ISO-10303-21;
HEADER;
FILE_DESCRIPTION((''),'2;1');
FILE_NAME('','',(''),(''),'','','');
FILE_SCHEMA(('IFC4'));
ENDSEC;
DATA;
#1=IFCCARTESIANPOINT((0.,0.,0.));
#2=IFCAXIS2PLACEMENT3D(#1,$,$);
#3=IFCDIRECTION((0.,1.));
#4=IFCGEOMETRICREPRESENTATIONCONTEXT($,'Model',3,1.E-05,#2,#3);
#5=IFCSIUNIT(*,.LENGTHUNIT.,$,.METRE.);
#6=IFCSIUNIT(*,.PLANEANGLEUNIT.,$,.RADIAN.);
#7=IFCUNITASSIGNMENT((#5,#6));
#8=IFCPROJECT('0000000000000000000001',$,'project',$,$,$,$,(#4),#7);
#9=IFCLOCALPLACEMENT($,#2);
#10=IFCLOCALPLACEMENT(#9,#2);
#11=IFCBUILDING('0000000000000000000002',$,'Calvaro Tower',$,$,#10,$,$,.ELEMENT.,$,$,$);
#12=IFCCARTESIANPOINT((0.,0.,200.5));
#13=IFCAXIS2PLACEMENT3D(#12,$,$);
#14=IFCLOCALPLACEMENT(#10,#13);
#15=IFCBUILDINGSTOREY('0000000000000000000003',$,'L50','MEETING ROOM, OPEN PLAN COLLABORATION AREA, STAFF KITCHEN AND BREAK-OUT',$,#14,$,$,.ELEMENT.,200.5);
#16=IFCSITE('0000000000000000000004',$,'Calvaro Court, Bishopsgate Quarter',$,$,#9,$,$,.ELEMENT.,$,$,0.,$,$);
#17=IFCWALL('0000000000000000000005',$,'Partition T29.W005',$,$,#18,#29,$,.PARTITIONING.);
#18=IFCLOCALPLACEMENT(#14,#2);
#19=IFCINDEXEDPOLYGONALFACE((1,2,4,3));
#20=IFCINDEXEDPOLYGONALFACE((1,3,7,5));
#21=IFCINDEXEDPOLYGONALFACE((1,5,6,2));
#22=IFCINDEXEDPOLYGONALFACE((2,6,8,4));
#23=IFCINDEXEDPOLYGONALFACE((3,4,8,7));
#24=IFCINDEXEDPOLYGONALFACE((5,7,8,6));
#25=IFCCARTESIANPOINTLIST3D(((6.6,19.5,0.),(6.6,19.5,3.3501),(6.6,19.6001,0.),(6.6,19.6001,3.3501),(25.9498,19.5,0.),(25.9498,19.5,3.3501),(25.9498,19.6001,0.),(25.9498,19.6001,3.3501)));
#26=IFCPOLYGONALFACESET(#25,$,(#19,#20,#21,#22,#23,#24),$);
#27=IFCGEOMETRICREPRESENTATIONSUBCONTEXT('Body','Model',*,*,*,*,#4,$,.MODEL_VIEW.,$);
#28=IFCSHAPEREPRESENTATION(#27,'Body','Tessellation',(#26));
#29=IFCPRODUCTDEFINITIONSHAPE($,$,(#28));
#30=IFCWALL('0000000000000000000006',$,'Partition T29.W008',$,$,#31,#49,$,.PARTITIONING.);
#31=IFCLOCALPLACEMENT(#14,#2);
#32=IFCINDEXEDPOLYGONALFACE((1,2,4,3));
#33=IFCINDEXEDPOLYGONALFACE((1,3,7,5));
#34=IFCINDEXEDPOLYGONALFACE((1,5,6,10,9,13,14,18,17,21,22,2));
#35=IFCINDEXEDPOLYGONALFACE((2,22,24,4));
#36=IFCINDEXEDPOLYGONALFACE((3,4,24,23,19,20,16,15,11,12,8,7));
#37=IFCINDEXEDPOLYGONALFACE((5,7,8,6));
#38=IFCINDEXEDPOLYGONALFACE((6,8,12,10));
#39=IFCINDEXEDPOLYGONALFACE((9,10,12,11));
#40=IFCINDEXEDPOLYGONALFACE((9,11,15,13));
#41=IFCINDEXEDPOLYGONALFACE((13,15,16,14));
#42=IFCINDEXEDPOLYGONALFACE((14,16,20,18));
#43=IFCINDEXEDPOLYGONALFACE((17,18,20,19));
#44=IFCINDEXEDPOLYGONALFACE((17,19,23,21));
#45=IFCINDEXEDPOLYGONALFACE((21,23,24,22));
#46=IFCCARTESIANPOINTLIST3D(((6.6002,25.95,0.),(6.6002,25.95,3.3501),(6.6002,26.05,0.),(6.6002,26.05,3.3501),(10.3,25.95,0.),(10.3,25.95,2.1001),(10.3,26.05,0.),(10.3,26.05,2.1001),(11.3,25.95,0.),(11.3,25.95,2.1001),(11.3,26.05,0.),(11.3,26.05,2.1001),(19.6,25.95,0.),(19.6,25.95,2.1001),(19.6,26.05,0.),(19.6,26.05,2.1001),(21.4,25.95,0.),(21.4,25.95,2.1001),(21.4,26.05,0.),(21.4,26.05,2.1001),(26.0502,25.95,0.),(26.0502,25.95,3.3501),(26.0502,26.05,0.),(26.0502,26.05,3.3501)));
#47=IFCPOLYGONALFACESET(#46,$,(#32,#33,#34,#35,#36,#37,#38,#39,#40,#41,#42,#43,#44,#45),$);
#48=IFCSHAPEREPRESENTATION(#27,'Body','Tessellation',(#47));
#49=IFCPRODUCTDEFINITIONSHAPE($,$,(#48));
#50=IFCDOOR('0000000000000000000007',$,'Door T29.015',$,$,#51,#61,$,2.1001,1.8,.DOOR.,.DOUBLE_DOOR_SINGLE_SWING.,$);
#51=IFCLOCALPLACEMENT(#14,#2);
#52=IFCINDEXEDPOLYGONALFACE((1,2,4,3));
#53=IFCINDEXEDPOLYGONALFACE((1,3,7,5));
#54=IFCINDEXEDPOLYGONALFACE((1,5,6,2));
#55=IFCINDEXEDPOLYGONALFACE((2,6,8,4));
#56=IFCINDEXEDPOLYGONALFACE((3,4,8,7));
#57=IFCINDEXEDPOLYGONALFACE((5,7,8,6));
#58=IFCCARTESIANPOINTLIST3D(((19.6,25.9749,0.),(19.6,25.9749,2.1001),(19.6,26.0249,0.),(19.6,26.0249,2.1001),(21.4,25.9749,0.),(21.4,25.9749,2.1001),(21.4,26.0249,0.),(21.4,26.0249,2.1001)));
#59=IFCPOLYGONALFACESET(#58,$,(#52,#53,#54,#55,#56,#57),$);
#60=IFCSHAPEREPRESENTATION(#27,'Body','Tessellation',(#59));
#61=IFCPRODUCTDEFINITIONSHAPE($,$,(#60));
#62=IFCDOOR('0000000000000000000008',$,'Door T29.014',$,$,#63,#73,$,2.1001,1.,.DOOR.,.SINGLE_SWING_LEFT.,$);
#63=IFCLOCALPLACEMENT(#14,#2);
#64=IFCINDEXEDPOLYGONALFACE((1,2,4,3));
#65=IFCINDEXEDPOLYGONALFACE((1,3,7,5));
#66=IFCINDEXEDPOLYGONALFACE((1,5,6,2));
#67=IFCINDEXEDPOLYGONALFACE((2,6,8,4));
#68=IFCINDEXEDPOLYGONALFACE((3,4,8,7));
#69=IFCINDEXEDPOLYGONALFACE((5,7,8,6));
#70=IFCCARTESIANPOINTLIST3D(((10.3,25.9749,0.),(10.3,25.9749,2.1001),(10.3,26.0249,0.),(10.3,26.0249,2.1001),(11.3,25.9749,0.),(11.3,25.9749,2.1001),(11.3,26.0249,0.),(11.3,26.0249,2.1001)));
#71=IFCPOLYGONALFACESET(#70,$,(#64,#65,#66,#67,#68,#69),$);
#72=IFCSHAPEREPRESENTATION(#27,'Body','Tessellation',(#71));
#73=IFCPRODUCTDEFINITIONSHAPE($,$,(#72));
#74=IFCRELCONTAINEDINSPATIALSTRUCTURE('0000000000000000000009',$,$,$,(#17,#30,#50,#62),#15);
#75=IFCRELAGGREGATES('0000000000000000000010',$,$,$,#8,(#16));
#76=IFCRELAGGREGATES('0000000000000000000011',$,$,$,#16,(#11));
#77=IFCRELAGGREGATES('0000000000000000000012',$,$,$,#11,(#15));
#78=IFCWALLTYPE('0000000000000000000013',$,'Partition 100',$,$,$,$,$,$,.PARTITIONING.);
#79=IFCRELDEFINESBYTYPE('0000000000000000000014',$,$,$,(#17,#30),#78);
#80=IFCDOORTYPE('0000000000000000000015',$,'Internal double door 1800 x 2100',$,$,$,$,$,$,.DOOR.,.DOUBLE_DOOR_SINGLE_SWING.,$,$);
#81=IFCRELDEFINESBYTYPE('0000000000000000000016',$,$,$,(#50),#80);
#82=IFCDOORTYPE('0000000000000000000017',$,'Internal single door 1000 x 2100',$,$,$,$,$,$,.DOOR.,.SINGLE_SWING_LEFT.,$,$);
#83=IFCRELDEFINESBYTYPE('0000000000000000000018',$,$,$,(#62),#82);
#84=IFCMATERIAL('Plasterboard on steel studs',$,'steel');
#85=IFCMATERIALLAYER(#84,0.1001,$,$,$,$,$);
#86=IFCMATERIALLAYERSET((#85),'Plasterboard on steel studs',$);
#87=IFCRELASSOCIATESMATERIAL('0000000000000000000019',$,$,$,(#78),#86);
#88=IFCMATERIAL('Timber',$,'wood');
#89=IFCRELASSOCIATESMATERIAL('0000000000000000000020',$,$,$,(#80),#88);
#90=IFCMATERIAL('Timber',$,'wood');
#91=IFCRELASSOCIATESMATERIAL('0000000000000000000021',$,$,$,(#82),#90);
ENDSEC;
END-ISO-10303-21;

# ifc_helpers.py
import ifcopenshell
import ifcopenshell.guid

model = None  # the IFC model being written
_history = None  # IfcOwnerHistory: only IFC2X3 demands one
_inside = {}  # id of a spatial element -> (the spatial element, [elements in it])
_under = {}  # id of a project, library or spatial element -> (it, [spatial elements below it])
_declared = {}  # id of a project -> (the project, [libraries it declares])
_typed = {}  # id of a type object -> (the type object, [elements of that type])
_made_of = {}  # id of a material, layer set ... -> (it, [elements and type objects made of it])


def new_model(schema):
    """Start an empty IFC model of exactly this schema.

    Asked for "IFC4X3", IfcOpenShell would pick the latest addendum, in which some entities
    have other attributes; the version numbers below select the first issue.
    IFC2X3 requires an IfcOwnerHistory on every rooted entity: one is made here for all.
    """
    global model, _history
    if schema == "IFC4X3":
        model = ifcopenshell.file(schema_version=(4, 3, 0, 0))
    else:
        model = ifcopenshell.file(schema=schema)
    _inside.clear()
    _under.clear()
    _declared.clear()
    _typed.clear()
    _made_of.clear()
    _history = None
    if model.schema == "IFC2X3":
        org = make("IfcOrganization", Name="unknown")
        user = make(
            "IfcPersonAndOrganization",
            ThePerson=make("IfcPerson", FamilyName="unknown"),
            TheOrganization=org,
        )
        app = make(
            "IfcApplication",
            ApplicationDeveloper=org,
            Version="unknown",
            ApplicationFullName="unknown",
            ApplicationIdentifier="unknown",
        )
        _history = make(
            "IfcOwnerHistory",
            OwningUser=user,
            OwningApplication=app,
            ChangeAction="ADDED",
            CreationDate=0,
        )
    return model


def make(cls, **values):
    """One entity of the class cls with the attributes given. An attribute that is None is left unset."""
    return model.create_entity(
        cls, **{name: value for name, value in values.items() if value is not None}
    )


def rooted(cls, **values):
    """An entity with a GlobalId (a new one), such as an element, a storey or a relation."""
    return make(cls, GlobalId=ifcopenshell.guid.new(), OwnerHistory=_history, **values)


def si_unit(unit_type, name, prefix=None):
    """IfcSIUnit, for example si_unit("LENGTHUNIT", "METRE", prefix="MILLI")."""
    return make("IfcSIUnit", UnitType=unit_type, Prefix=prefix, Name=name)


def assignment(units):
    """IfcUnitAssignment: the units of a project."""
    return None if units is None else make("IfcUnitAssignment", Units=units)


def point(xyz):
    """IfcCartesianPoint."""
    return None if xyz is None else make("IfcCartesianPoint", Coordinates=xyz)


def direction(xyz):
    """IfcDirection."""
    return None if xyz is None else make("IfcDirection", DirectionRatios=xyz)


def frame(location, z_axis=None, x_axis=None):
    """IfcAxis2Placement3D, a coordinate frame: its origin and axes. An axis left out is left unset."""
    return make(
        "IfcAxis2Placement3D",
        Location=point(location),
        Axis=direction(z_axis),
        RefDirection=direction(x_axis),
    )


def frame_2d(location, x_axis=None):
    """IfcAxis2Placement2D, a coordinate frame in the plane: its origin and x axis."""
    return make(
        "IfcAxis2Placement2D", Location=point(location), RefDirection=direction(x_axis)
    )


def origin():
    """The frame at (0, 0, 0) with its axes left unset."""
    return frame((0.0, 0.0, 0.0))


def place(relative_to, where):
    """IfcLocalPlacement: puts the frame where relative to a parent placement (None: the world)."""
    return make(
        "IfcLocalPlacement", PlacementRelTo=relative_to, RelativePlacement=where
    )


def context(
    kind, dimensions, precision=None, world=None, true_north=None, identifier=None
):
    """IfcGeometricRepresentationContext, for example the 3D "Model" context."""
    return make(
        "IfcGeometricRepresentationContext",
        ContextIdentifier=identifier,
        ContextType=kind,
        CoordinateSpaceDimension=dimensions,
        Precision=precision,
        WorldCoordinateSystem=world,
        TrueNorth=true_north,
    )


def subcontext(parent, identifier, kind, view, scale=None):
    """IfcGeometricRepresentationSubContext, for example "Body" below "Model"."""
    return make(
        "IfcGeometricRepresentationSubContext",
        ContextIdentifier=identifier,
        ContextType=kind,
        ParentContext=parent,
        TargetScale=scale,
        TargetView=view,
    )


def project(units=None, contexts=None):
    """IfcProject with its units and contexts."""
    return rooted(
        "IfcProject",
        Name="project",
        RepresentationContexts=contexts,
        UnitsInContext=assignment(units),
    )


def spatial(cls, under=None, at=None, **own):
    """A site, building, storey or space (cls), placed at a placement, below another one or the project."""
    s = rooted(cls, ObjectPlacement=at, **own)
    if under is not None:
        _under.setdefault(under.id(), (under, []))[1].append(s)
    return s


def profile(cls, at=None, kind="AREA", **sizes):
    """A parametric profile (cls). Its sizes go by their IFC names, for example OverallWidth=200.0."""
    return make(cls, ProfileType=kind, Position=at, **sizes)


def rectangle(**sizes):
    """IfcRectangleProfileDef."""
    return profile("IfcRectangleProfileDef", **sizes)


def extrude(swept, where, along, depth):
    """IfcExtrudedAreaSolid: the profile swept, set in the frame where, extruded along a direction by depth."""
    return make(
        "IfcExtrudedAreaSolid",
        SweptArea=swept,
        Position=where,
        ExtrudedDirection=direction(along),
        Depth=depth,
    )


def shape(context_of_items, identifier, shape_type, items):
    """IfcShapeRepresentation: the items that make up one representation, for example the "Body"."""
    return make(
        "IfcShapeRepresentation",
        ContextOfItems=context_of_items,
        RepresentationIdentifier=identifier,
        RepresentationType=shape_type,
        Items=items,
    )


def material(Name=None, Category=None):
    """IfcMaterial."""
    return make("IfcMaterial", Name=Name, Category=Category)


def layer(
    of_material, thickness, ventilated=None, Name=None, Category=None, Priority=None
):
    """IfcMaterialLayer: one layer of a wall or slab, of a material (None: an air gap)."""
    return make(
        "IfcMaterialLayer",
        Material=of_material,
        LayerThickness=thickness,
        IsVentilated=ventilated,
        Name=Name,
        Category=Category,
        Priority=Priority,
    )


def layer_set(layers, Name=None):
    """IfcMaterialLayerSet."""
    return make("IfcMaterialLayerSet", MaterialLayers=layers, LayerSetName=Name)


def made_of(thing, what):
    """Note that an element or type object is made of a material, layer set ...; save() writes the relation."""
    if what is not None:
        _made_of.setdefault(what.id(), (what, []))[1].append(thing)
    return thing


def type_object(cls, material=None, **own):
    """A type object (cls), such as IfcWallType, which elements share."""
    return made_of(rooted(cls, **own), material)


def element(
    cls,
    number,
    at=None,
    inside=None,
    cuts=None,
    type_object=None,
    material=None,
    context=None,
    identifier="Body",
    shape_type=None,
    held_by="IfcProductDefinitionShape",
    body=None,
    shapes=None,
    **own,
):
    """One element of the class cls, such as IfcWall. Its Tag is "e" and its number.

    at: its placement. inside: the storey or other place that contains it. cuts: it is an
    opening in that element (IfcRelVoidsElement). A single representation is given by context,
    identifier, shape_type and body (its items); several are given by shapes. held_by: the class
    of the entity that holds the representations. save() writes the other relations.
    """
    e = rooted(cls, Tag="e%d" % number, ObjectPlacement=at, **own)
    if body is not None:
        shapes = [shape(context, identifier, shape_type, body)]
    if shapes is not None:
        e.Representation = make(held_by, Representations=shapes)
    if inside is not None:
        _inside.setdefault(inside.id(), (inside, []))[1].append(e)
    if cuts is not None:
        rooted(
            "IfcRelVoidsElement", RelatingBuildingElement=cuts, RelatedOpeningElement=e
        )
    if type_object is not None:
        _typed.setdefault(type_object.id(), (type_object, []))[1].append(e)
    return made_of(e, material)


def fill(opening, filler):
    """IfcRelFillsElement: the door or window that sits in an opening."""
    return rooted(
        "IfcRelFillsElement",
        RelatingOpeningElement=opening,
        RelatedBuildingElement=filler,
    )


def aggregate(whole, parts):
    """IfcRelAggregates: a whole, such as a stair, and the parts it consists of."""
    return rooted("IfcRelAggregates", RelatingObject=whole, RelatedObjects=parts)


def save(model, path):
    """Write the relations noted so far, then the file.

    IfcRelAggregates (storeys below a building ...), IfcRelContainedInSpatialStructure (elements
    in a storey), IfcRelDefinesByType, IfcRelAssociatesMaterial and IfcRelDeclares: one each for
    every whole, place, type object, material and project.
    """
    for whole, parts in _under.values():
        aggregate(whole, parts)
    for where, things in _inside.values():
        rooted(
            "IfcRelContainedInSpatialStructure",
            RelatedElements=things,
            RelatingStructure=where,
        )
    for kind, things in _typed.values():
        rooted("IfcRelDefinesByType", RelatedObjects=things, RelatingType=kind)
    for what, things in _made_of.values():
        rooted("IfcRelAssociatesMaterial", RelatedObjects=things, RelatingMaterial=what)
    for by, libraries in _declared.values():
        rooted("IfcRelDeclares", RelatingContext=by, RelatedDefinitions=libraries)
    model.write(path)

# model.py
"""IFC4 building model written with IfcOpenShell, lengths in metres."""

from ifc_helpers import new_model, si_unit, direction, frame, frame_2d, origin, place, context, subcontext, project, spatial, rectangle, extrude, material, layer, layer_set, type_object, element, fill, save


model = new_model("IFC4")

# Units and contexts
model_context = context("Model", 3, precision=1e-05, world=origin(), true_north=direction((0.0, 1.0)))
body_context = subcontext(model_context, "Body", "Model", "MODEL_VIEW")
ifc_project = project(units=[si_unit("LENGTHUNIT", "METRE"), si_unit("PLANEANGLEUNIT", "RADIAN")], contexts=[model_context])

# Site, building, storey
site_placement = place(None, origin())
site = spatial("IfcSite", under=ifc_project, at=site_placement, Name="Calvaro Court, Bishopsgate Quarter", CompositionType="ELEMENT", RefElevation=0.0)
building_placement = place(site_placement, origin())
building = spatial("IfcBuilding", under=site, at=building_placement, Name="Calvaro Tower", CompositionType="ELEMENT")
storey_placement = place(building_placement, frame((0.0, 0.0, 200.5)))
storey = spatial("IfcBuildingStorey", under=building, at=storey_placement, Name="L50", Description="MEETING ROOM, OPEN PLAN COLLABORATION AREA, STAFF KITCHEN AND BREAK-OUT", CompositionType="ELEMENT", Elevation=200.5)

# Wall
ifc_material_1 = material(Name="Plasterboard on steel studs", Category="steel")
ifc_layer_1 = layer(ifc_material_1, 0.1001)
ifc_layer_set_1 = layer_set([ifc_layer_1], Name="Plasterboard on steel studs")
wall_type_1 = type_object("IfcWallType", Name="Partition 100", PredefinedType="PARTITIONING", material=ifc_layer_set_1)
wall_1_placement = place(storey_placement, frame((6.6001, 19.55, 0.0), z_axis=(0.0, 0.0, 1.0), x_axis=(1.0, 0.0, 0.0)))
element("IfcWall", 1, at=wall_1_placement, inside=storey, type_object=wall_type_1, Name="Partition T29.W005", PredefinedType="PARTITIONING", context=body_context, shape_type="SweptSolid", body=[
    extrude(rectangle(XDim=19.3499, YDim=0.1001, at=frame_2d((9.6748, 0.0))), origin(), (0.0, 0.0, 1.0), 3.3501),
])

# Wall, openings, doors
wall_2_placement = place(storey_placement, frame((6.6001, 26.0, 0.0), z_axis=(0.0, 0.0, 1.0), x_axis=(1.0, 0.0, 0.0)))
wall_2 = element("IfcWall", 2, at=wall_2_placement, inside=storey, type_object=wall_type_1, Name="Partition T29.W008", PredefinedType="PARTITIONING", context=body_context, shape_type="SweptSolid", body=[
    extrude(rectangle(XDim=19.45, YDim=0.1001, at=frame_2d((9.7251, 0.0))), origin(), (0.0, 0.0, 1.0), 3.3501),
])
opening_1_placement = place(wall_2_placement, frame((3.7, 0.0, 0.0)))
opening_1 = element("IfcOpeningElement", 3, at=opening_1_placement, cuts=wall_2, PredefinedType="OPENING", context=body_context, shape_type="SweptSolid", body=[
    extrude(rectangle(XDim=1.0, YDim=2.1001, at=frame_2d((0.5, 1.05))), frame((0.0, 0.0601, 0.0), z_axis=(0.0, -1.0, 0.0), x_axis=(1.0, 0.0, 0.0)), (0.0, 0.0, 1.0), 0.1201),
])
opening_2_placement = place(wall_2_placement, frame((13.0, 0.0, 0.0)))
opening_2 = element("IfcOpeningElement", 4, at=opening_2_placement, cuts=wall_2, PredefinedType="OPENING", context=body_context, shape_type="SweptSolid", body=[
    extrude(rectangle(XDim=1.8, YDim=2.1001, at=frame_2d((0.8999, 1.05))), frame((0.0, 0.0601, 0.0), z_axis=(0.0, -1.0, 0.0), x_axis=(1.0, 0.0, 0.0)), (0.0, 0.0, 1.0), 0.1201),
])
ifc_material_2 = material(Name="Timber", Category="wood")
door_type_1 = type_object("IfcDoorType", Name="Internal double door 1800 x 2100", OperationType="DOUBLE_DOOR_SINGLE_SWING", PredefinedType="DOOR", material=ifc_material_2)
door_1_placement = place(opening_2_placement, origin())
door_1 = element("IfcDoor", 5, at=door_1_placement, inside=storey, type_object=door_type_1, Name="Door T29.015", OperationType="DOUBLE_DOOR_SINGLE_SWING", OverallHeight=2.1001, OverallWidth=1.8, PredefinedType="DOOR", context=body_context, shape_type="SweptSolid", body=[
    extrude(rectangle(XDim=1.8, YDim=2.1001, at=frame_2d((0.8999, 1.05))), frame((0.0, 0.0249, 0.0), z_axis=(0.0, -1.0, 0.0), x_axis=(1.0, 0.0, 0.0)), (0.0, 0.0, 1.0), 0.05),
])
fill(opening_2, door_1)
ifc_material_3 = material(Name="Timber", Category="wood")
door_type_2 = type_object("IfcDoorType", Name="Internal single door 1000 x 2100", OperationType="SINGLE_SWING_LEFT", PredefinedType="DOOR", material=ifc_material_3)
door_2_placement = place(opening_1_placement, origin())
door_2 = element("IfcDoor", 6, at=door_2_placement, inside=storey, type_object=door_type_2, Name="Door T29.014", OperationType="SINGLE_SWING_LEFT", OverallHeight=2.1001, OverallWidth=1.0, PredefinedType="DOOR", context=body_context, shape_type="SweptSolid", body=[
    extrude(rectangle(XDim=1.0, YDim=2.1001, at=frame_2d((0.5, 1.05))), frame((0.0, 0.0249, 0.0), z_axis=(0.0, -1.0, 0.0), x_axis=(1.0, 0.0, 0.0)), (0.0, 0.0, 1.0), 0.05),
])
fill(opening_1, door_2)

save(model, "model.ifc")
